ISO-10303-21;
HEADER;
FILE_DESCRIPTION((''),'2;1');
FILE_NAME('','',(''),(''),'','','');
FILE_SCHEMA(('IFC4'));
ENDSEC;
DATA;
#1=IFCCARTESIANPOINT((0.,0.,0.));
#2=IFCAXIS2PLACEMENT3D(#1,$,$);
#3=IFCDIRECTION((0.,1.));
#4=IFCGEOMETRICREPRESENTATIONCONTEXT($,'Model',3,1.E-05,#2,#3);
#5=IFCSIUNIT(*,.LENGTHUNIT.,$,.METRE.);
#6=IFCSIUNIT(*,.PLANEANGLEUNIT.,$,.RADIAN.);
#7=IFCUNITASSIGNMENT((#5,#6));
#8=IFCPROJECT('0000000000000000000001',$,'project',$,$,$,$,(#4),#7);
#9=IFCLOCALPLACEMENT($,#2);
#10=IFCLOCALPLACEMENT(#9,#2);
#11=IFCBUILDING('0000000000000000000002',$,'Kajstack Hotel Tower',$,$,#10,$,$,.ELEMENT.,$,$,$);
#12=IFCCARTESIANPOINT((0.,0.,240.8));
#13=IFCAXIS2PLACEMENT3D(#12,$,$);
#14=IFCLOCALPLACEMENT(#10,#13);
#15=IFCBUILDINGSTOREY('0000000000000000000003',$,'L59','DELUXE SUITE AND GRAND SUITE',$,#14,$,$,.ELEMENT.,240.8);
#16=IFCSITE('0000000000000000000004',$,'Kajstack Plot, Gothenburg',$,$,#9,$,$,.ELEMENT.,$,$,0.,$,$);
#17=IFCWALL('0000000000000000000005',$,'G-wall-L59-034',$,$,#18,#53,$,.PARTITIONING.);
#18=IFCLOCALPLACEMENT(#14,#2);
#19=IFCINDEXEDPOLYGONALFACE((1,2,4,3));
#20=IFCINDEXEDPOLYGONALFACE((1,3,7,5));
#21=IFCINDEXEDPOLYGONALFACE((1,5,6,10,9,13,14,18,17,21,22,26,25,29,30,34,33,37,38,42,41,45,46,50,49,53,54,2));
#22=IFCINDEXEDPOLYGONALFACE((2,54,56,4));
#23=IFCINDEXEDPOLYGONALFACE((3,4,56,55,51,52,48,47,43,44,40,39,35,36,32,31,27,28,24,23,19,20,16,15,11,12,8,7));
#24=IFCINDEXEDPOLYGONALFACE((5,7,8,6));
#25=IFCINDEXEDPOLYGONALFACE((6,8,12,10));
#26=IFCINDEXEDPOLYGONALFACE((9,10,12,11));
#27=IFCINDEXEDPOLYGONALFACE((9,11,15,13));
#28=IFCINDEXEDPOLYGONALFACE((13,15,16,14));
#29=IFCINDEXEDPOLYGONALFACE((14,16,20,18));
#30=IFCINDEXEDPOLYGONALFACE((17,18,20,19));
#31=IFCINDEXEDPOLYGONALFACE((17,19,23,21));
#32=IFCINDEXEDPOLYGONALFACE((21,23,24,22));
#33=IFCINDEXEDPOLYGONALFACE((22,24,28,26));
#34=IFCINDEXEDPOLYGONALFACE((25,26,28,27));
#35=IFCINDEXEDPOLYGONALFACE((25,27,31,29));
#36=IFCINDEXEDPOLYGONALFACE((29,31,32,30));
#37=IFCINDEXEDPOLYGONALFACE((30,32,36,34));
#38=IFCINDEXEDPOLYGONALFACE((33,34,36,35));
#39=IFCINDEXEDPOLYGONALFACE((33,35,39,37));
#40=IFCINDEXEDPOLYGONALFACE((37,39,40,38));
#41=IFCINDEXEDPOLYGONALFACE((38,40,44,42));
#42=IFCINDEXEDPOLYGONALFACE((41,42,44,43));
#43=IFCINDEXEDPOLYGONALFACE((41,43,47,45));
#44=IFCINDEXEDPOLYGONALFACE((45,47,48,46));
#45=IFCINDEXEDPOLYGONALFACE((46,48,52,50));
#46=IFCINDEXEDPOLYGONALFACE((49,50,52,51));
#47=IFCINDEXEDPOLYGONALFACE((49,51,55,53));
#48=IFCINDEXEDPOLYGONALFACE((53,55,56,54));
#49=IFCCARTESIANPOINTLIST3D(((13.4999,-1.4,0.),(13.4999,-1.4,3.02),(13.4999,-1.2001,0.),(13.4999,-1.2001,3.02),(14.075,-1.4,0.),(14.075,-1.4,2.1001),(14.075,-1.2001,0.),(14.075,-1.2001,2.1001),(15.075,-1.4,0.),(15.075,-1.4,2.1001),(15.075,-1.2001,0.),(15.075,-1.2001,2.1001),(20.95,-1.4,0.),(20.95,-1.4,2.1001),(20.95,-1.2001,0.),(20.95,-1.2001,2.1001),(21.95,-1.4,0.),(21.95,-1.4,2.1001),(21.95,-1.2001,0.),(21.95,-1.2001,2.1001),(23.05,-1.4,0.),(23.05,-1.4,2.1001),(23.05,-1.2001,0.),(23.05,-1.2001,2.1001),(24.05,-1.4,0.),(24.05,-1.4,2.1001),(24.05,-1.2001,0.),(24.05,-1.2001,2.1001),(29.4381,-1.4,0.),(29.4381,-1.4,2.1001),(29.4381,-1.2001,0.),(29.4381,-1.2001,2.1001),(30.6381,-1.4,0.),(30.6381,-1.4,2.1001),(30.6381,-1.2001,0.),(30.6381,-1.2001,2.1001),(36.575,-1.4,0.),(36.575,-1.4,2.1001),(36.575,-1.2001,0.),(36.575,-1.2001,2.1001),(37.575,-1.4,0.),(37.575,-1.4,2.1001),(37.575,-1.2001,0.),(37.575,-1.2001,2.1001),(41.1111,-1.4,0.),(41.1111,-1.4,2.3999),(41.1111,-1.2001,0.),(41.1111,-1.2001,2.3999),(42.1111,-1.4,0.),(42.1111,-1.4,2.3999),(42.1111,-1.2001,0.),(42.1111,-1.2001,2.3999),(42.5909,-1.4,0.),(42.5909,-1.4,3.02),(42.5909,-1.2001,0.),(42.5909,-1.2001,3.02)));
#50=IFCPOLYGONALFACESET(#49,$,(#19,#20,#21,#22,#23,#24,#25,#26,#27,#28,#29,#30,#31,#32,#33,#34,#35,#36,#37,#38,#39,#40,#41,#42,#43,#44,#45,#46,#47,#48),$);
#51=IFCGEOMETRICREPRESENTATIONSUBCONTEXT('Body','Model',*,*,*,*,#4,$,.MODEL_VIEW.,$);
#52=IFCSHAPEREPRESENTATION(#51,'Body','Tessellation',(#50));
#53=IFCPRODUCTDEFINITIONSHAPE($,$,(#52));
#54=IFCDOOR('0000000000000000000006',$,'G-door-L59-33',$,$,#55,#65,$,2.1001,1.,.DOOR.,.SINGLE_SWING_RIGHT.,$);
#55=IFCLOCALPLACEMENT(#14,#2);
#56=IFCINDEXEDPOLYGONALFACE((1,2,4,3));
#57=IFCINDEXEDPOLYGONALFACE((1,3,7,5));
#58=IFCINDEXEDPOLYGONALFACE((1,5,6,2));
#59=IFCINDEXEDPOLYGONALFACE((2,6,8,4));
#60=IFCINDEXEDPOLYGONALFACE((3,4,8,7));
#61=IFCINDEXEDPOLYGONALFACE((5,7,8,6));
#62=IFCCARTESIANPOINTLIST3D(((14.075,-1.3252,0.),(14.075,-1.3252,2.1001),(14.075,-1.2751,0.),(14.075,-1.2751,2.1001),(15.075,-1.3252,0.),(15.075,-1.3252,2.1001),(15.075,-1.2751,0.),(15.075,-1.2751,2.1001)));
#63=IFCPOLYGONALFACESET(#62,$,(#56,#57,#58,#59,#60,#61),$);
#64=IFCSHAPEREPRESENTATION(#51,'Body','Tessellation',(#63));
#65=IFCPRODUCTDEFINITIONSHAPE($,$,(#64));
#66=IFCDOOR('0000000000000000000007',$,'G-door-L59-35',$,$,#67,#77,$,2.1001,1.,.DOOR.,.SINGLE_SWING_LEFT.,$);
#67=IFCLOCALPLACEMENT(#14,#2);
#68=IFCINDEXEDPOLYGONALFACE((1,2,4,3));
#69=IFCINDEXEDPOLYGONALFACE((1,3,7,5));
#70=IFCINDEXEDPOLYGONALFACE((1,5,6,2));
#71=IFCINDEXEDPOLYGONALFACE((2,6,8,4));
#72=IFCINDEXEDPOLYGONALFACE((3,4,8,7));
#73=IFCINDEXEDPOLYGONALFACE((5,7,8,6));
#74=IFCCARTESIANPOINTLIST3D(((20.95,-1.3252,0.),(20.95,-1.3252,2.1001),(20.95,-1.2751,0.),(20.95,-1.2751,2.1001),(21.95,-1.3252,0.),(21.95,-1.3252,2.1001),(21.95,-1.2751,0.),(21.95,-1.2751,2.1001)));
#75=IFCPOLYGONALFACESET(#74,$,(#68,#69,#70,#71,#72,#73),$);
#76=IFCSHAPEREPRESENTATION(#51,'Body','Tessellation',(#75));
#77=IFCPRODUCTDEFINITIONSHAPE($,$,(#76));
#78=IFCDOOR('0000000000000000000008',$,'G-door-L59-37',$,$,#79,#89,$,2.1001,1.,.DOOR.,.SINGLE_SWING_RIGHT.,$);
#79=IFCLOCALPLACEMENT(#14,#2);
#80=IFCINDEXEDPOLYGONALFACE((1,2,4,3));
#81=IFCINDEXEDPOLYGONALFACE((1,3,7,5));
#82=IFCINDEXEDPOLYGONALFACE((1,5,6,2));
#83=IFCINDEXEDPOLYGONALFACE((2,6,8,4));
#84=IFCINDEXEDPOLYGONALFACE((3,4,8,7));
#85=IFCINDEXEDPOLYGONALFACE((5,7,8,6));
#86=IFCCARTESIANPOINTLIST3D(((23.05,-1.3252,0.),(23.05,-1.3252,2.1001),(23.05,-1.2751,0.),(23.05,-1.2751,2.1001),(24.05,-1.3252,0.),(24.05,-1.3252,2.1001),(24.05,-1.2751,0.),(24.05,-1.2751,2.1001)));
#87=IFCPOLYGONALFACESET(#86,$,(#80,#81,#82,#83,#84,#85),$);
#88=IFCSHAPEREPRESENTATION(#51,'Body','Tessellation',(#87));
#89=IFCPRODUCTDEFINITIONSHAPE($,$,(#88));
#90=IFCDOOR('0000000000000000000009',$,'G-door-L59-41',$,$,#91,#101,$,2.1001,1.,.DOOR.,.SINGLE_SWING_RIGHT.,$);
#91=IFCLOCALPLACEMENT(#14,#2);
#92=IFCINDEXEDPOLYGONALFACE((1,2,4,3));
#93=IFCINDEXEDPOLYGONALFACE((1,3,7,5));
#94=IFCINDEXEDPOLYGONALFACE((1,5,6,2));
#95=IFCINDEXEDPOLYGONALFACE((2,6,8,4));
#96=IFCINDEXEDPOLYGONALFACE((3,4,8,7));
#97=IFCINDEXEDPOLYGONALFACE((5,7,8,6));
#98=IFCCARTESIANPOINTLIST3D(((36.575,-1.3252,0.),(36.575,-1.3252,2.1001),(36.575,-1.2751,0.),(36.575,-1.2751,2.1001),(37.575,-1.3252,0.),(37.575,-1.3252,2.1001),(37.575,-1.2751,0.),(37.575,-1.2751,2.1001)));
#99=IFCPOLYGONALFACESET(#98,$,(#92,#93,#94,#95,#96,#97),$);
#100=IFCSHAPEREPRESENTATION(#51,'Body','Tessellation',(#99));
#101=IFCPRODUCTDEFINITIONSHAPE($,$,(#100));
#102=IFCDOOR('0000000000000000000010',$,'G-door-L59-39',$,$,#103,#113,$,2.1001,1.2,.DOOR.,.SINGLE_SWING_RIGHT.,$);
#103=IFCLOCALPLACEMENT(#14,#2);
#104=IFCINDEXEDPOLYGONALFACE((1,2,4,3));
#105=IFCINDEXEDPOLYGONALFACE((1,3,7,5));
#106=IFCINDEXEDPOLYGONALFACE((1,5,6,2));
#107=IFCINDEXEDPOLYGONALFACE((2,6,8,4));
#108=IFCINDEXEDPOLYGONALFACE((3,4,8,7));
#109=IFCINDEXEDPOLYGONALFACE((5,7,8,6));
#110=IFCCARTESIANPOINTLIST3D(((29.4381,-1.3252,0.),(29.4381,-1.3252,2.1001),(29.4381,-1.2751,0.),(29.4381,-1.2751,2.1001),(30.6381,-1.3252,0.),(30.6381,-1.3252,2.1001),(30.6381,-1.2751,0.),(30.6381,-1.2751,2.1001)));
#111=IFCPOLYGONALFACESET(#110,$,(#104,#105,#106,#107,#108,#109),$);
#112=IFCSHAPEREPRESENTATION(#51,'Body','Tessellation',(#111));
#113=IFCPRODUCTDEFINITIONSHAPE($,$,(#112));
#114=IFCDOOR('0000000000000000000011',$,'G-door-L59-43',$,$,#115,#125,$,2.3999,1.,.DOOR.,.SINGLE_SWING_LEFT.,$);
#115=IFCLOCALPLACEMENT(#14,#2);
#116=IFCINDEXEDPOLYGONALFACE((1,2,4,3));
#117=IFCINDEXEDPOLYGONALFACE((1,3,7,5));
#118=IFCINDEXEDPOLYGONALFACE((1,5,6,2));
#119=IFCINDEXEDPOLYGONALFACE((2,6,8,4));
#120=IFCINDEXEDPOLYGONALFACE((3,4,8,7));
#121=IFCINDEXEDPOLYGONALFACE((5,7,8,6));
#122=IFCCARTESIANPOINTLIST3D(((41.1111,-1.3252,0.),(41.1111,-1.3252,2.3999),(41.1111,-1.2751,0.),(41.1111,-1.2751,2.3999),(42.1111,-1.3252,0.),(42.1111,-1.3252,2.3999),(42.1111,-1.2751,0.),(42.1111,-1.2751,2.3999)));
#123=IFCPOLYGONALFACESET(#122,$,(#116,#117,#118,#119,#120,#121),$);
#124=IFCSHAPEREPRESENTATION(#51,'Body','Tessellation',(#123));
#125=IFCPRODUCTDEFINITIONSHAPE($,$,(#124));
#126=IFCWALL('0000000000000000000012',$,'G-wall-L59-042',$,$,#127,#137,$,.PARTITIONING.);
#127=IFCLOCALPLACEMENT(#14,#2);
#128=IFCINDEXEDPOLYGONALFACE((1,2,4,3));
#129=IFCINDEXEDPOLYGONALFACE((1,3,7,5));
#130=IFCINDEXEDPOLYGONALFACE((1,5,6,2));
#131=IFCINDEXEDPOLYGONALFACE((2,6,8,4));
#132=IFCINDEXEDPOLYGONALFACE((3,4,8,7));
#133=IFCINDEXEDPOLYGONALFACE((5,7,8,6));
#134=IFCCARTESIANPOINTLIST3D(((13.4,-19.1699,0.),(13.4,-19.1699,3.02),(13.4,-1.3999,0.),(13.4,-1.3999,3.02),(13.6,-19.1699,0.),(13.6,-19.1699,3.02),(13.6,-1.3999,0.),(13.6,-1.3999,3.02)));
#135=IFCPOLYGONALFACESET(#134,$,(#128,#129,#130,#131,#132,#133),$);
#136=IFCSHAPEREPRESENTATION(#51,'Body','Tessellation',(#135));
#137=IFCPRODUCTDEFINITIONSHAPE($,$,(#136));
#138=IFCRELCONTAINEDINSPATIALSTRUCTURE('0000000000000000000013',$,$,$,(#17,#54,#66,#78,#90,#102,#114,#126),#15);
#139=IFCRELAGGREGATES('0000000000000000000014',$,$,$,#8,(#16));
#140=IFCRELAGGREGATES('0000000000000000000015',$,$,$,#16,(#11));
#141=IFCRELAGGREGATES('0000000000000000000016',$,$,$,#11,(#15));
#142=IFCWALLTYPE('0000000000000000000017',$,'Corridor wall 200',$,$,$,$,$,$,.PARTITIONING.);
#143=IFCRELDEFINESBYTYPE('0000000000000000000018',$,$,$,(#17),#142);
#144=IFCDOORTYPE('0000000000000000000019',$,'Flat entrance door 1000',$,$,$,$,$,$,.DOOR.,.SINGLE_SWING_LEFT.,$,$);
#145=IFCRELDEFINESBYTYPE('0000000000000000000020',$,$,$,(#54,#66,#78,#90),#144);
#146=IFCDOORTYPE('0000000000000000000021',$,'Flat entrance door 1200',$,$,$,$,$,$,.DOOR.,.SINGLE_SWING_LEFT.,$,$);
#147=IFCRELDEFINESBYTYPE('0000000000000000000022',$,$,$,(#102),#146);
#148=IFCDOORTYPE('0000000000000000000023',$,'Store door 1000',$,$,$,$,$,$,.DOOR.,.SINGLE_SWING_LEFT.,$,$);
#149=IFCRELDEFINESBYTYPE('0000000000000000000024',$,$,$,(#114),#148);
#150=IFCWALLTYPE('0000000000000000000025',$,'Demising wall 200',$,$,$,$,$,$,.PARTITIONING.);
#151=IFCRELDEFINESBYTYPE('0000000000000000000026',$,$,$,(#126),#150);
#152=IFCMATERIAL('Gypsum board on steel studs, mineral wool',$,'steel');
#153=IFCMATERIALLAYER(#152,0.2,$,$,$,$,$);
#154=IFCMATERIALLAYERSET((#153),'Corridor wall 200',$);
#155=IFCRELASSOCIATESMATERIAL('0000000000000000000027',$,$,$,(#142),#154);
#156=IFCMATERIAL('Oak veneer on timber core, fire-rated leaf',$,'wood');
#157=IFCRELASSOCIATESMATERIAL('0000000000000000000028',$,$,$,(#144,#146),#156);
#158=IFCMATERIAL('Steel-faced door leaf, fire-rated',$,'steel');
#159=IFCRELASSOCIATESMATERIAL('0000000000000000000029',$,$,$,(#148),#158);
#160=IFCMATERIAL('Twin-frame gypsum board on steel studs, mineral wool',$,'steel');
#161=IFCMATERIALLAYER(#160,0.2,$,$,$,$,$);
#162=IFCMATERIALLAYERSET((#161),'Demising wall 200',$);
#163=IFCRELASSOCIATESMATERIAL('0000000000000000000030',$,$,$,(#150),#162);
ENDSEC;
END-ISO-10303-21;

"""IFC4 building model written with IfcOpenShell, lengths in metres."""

from ifc_helpers import new_model, si_unit, direction, frame, frame_2d, origin, place, context, subcontext, project, spatial, rectangle, extrude, material, layer, layer_set, type_object, element, fill, save


model = new_model("IFC4")

# Units and contexts
model_context = context("Model", 3, precision=1e-05, world=origin(), true_north=direction((0.0, 1.0)))
body_context = subcontext(model_context, "Body", "Model", "MODEL_VIEW")
ifc_project = project(units=[si_unit("LENGTHUNIT", "METRE"), si_unit("PLANEANGLEUNIT", "RADIAN")], contexts=[model_context])

# Site, building, storey
site_placement = place(None, origin())
site = spatial("IfcSite", under=ifc_project, at=site_placement, Name="Kajstack Plot, Gothenburg", CompositionType="ELEMENT", RefElevation=0.0)
building_placement = place(site_placement, origin())
building = spatial("IfcBuilding", under=site, at=building_placement, Name="Kajstack Hotel Tower", CompositionType="ELEMENT")
storey_placement = place(building_placement, frame((0.0, 0.0, 240.8)))
storey = spatial("IfcBuildingStorey", under=building, at=storey_placement, Name="L59", Description="DELUXE SUITE AND GRAND SUITE", CompositionType="ELEMENT", Elevation=240.8)

# Wall, openings, doors
ifc_material_1 = material(Name="Gypsum board on steel studs, mineral wool", Category="steel")
ifc_layer_1 = layer(ifc_material_1, 0.2)
ifc_layer_set_1 = layer_set([ifc_layer_1], Name="Corridor wall 200")
wall_type_1 = type_object("IfcWallType", Name="Corridor wall 200", PredefinedType="PARTITIONING", material=ifc_layer_set_1)
wall_1_placement = place(storey_placement, frame((13.5, -1.3, 0.0), z_axis=(0.0, 0.0, 1.0), x_axis=(1.0, 0.0, 0.0)))
wall_1 = element("IfcWall", 1, at=wall_1_placement, inside=storey, type_object=wall_type_1, Name="G-wall-L59-034", PredefinedType="PARTITIONING", context=body_context, shape_type="SweptSolid", body=[
    extrude(rectangle(XDim=29.0911, YDim=0.2, at=frame_2d((14.5454, 0.0))), origin(), (0.0, 0.0, 1.0), 3.02),
])
opening_1_placement = place(wall_1_placement, frame((0.575, 0.0, 0.0)))
opening_1 = element("IfcOpeningElement", 2, at=opening_1_placement, cuts=wall_1, PredefinedType="OPENING", context=body_context, shape_type="SweptSolid", body=[
    extrude(rectangle(XDim=1.0, YDim=2.1001, at=frame_2d((0.5, 1.05))), frame((0.0, 0.1099, 0.0), z_axis=(0.0, -1.0, 0.0), x_axis=(1.0, 0.0, 0.0)), (0.0, 0.0, 1.0), 0.22),
])
opening_2_placement = place(wall_1_placement, frame((7.45, 0.0, 0.0)))
opening_2 = element("IfcOpeningElement", 3, at=opening_2_placement, cuts=wall_1, PredefinedType="OPENING", context=body_context, shape_type="SweptSolid", body=[
    extrude(rectangle(XDim=1.0, YDim=2.1001, at=frame_2d((0.5, 1.05))), frame((0.0, 0.1099, 0.0), z_axis=(0.0, -1.0, 0.0), x_axis=(1.0, 0.0, 0.0)), (0.0, 0.0, 1.0), 0.22),
])
opening_3_placement = place(wall_1_placement, frame((9.55, 0.0, 0.0)))
opening_3 = element("IfcOpeningElement", 4, at=opening_3_placement, cuts=wall_1, PredefinedType="OPENING", context=body_context, shape_type="SweptSolid", body=[
    extrude(rectangle(XDim=1.0, YDim=2.1001, at=frame_2d((0.5, 1.05))), frame((0.0, 0.1099, 0.0), z_axis=(0.0, -1.0, 0.0), x_axis=(1.0, 0.0, 0.0)), (0.0, 0.0, 1.0), 0.22),
])
opening_4_placement = place(wall_1_placement, frame((15.938, 0.0, 0.0)))
opening_4 = element("IfcOpeningElement", 5, at=opening_4_placement, cuts=wall_1, PredefinedType="OPENING", context=body_context, shape_type="SweptSolid", body=[
    extrude(rectangle(XDim=1.2, YDim=2.1001, at=frame_2d((0.6001, 1.05))), frame((0.0, 0.1099, 0.0), z_axis=(0.0, -1.0, 0.0), x_axis=(1.0, 0.0, 0.0)), (0.0, 0.0, 1.0), 0.22),
])
opening_5_placement = place(wall_1_placement, frame((23.075, 0.0, 0.0)))
opening_5 = element("IfcOpeningElement", 6, at=opening_5_placement, cuts=wall_1, PredefinedType="OPENING", context=body_context, shape_type="SweptSolid", body=[
    extrude(rectangle(XDim=1.0, YDim=2.1001, at=frame_2d((0.5, 1.05))), frame((0.0, 0.1099, 0.0), z_axis=(0.0, -1.0, 0.0), x_axis=(1.0, 0.0, 0.0)), (0.0, 0.0, 1.0), 0.22),
])
opening_6_placement = place(wall_1_placement, frame((27.6111, 0.0, 0.0)))
opening_6 = element("IfcOpeningElement", 7, at=opening_6_placement, cuts=wall_1, PredefinedType="OPENING", context=body_context, shape_type="SweptSolid", body=[
    extrude(rectangle(XDim=1.0, YDim=2.3999, at=frame_2d((0.5, 1.2))), frame((0.0, 0.1099, 0.0), z_axis=(0.0, -1.0, 0.0), x_axis=(1.0, 0.0, 0.0)), (0.0, 0.0, 1.0), 0.22),
])
ifc_material_2 = material(Name="Oak veneer on timber core, fire-rated leaf", Category="wood")
door_type_1 = type_object("IfcDoorType", Name="Flat entrance door 1000", OperationType="SINGLE_SWING_LEFT", PredefinedType="DOOR", material=ifc_material_2)
door_1_placement = place(opening_1_placement, origin())
door_1 = element("IfcDoor", 8, at=door_1_placement, inside=storey, type_object=door_type_1, Name="G-door-L59-33", OperationType="SINGLE_SWING_RIGHT", OverallHeight=2.1001, OverallWidth=1.0, PredefinedType="DOOR", context=body_context, shape_type="SweptSolid", body=[
    extrude(rectangle(XDim=1.0, YDim=2.1001, at=frame_2d((0.5, 1.05))), frame((0.0, 0.0249, 0.0), z_axis=(0.0, -1.0, 0.0), x_axis=(1.0, 0.0, 0.0)), (0.0, 0.0, 1.0), 0.05),
])
fill(opening_1, door_1)
door_2_placement = place(opening_2_placement, origin())
door_2 = element("IfcDoor", 9, at=door_2_placement, inside=storey, type_object=door_type_1, Name="G-door-L59-35", OperationType="SINGLE_SWING_LEFT", OverallHeight=2.1001, OverallWidth=1.0, PredefinedType="DOOR", context=body_context, shape_type="SweptSolid", body=[
    extrude(rectangle(XDim=1.0, YDim=2.1001, at=frame_2d((0.5, 1.05))), frame((0.0, 0.0249, 0.0), z_axis=(0.0, -1.0, 0.0), x_axis=(1.0, 0.0, 0.0)), (0.0, 0.0, 1.0), 0.05),
])
fill(opening_2, door_2)
door_3_placement = place(opening_3_placement, origin())
door_3 = element("IfcDoor", 10, at=door_3_placement, inside=storey, type_object=door_type_1, Name="G-door-L59-37", OperationType="SINGLE_SWING_RIGHT", OverallHeight=2.1001, OverallWidth=1.0, PredefinedType="DOOR", context=body_context, shape_type="SweptSolid", body=[
    extrude(rectangle(XDim=1.0, YDim=2.1001, at=frame_2d((0.5, 1.05))), frame((0.0, 0.0249, 0.0), z_axis=(0.0, -1.0, 0.0), x_axis=(1.0, 0.0, 0.0)), (0.0, 0.0, 1.0), 0.05),
])
fill(opening_3, door_3)
door_4_placement = place(opening_5_placement, origin())
door_4 = element("IfcDoor", 11, at=door_4_placement, inside=storey, type_object=door_type_1, Name="G-door-L59-41", OperationType="SINGLE_SWING_RIGHT", OverallHeight=2.1001, OverallWidth=1.0, PredefinedType="DOOR", context=body_context, shape_type="SweptSolid", body=[
    extrude(rectangle(XDim=1.0, YDim=2.1001, at=frame_2d((0.5, 1.05))), frame((0.0, 0.0249, 0.0), z_axis=(0.0, -1.0, 0.0), x_axis=(1.0, 0.0, 0.0)), (0.0, 0.0, 1.0), 0.05),
])
fill(opening_5, door_4)
door_type_2 = type_object("IfcDoorType", Name="Flat entrance door 1200", OperationType="SINGLE_SWING_LEFT", PredefinedType="DOOR", material=ifc_material_2)
door_5_placement = place(opening_4_placement, origin())
door_5 = element("IfcDoor", 12, at=door_5_placement, inside=storey, type_object=door_type_2, Name="G-door-L59-39", OperationType="SINGLE_SWING_RIGHT", OverallHeight=2.1001, OverallWidth=1.2, PredefinedType="DOOR", context=body_context, shape_type="SweptSolid", body=[
    extrude(rectangle(XDim=1.2, YDim=2.1001, at=frame_2d((0.6001, 1.05))), frame((0.0, 0.0249, 0.0), z_axis=(0.0, -1.0, 0.0), x_axis=(1.0, 0.0, 0.0)), (0.0, 0.0, 1.0), 0.05),
])
fill(opening_4, door_5)
ifc_material_3 = material(Name="Steel-faced door leaf, fire-rated", Category="steel")
door_type_3 = type_object("IfcDoorType", Name="Store door 1000", OperationType="SINGLE_SWING_LEFT", PredefinedType="DOOR", material=ifc_material_3)
door_6_placement = place(opening_6_placement, origin())
door_6 = element("IfcDoor", 13, at=door_6_placement, inside=storey, type_object=door_type_3, Name="G-door-L59-43", OperationType="SINGLE_SWING_LEFT", OverallHeight=2.3999, OverallWidth=1.0, PredefinedType="DOOR", context=body_context, shape_type="SweptSolid", body=[
    extrude(rectangle(XDim=1.0, YDim=2.3999, at=frame_2d((0.5, 1.2))), frame((0.0, 0.0249, 0.0), z_axis=(0.0, -1.0, 0.0), x_axis=(1.0, 0.0, 0.0)), (0.0, 0.0, 1.0), 0.05),
])
fill(opening_6, door_6)

# Wall
ifc_material_4 = material(Name="Twin-frame gypsum board on steel studs, mineral wool", Category="steel")
ifc_layer_2 = layer(ifc_material_4, 0.2)
ifc_layer_set_2 = layer_set([ifc_layer_2], Name="Demising wall 200")
wall_type_2 = type_object("IfcWallType", Name="Demising wall 200", PredefinedType="PARTITIONING", material=ifc_layer_set_2)
wall_2_placement = place(storey_placement, frame((13.5, -19.1699, 0.0), z_axis=(0.0, 0.0, 1.0), x_axis=(0.0, 1.0, 0.0)))
element("IfcWall", 14, at=wall_2_placement, inside=storey, type_object=wall_type_2, Name="G-wall-L59-042", PredefinedType="PARTITIONING", context=body_context, shape_type="SweptSolid", body=[
    extrude(rectangle(XDim=17.77, YDim=0.2, at=frame_2d((8.885, 0.0))), origin(), (0.0, 0.0, 1.0), 3.02),
])

save(model, "model.ifc")
